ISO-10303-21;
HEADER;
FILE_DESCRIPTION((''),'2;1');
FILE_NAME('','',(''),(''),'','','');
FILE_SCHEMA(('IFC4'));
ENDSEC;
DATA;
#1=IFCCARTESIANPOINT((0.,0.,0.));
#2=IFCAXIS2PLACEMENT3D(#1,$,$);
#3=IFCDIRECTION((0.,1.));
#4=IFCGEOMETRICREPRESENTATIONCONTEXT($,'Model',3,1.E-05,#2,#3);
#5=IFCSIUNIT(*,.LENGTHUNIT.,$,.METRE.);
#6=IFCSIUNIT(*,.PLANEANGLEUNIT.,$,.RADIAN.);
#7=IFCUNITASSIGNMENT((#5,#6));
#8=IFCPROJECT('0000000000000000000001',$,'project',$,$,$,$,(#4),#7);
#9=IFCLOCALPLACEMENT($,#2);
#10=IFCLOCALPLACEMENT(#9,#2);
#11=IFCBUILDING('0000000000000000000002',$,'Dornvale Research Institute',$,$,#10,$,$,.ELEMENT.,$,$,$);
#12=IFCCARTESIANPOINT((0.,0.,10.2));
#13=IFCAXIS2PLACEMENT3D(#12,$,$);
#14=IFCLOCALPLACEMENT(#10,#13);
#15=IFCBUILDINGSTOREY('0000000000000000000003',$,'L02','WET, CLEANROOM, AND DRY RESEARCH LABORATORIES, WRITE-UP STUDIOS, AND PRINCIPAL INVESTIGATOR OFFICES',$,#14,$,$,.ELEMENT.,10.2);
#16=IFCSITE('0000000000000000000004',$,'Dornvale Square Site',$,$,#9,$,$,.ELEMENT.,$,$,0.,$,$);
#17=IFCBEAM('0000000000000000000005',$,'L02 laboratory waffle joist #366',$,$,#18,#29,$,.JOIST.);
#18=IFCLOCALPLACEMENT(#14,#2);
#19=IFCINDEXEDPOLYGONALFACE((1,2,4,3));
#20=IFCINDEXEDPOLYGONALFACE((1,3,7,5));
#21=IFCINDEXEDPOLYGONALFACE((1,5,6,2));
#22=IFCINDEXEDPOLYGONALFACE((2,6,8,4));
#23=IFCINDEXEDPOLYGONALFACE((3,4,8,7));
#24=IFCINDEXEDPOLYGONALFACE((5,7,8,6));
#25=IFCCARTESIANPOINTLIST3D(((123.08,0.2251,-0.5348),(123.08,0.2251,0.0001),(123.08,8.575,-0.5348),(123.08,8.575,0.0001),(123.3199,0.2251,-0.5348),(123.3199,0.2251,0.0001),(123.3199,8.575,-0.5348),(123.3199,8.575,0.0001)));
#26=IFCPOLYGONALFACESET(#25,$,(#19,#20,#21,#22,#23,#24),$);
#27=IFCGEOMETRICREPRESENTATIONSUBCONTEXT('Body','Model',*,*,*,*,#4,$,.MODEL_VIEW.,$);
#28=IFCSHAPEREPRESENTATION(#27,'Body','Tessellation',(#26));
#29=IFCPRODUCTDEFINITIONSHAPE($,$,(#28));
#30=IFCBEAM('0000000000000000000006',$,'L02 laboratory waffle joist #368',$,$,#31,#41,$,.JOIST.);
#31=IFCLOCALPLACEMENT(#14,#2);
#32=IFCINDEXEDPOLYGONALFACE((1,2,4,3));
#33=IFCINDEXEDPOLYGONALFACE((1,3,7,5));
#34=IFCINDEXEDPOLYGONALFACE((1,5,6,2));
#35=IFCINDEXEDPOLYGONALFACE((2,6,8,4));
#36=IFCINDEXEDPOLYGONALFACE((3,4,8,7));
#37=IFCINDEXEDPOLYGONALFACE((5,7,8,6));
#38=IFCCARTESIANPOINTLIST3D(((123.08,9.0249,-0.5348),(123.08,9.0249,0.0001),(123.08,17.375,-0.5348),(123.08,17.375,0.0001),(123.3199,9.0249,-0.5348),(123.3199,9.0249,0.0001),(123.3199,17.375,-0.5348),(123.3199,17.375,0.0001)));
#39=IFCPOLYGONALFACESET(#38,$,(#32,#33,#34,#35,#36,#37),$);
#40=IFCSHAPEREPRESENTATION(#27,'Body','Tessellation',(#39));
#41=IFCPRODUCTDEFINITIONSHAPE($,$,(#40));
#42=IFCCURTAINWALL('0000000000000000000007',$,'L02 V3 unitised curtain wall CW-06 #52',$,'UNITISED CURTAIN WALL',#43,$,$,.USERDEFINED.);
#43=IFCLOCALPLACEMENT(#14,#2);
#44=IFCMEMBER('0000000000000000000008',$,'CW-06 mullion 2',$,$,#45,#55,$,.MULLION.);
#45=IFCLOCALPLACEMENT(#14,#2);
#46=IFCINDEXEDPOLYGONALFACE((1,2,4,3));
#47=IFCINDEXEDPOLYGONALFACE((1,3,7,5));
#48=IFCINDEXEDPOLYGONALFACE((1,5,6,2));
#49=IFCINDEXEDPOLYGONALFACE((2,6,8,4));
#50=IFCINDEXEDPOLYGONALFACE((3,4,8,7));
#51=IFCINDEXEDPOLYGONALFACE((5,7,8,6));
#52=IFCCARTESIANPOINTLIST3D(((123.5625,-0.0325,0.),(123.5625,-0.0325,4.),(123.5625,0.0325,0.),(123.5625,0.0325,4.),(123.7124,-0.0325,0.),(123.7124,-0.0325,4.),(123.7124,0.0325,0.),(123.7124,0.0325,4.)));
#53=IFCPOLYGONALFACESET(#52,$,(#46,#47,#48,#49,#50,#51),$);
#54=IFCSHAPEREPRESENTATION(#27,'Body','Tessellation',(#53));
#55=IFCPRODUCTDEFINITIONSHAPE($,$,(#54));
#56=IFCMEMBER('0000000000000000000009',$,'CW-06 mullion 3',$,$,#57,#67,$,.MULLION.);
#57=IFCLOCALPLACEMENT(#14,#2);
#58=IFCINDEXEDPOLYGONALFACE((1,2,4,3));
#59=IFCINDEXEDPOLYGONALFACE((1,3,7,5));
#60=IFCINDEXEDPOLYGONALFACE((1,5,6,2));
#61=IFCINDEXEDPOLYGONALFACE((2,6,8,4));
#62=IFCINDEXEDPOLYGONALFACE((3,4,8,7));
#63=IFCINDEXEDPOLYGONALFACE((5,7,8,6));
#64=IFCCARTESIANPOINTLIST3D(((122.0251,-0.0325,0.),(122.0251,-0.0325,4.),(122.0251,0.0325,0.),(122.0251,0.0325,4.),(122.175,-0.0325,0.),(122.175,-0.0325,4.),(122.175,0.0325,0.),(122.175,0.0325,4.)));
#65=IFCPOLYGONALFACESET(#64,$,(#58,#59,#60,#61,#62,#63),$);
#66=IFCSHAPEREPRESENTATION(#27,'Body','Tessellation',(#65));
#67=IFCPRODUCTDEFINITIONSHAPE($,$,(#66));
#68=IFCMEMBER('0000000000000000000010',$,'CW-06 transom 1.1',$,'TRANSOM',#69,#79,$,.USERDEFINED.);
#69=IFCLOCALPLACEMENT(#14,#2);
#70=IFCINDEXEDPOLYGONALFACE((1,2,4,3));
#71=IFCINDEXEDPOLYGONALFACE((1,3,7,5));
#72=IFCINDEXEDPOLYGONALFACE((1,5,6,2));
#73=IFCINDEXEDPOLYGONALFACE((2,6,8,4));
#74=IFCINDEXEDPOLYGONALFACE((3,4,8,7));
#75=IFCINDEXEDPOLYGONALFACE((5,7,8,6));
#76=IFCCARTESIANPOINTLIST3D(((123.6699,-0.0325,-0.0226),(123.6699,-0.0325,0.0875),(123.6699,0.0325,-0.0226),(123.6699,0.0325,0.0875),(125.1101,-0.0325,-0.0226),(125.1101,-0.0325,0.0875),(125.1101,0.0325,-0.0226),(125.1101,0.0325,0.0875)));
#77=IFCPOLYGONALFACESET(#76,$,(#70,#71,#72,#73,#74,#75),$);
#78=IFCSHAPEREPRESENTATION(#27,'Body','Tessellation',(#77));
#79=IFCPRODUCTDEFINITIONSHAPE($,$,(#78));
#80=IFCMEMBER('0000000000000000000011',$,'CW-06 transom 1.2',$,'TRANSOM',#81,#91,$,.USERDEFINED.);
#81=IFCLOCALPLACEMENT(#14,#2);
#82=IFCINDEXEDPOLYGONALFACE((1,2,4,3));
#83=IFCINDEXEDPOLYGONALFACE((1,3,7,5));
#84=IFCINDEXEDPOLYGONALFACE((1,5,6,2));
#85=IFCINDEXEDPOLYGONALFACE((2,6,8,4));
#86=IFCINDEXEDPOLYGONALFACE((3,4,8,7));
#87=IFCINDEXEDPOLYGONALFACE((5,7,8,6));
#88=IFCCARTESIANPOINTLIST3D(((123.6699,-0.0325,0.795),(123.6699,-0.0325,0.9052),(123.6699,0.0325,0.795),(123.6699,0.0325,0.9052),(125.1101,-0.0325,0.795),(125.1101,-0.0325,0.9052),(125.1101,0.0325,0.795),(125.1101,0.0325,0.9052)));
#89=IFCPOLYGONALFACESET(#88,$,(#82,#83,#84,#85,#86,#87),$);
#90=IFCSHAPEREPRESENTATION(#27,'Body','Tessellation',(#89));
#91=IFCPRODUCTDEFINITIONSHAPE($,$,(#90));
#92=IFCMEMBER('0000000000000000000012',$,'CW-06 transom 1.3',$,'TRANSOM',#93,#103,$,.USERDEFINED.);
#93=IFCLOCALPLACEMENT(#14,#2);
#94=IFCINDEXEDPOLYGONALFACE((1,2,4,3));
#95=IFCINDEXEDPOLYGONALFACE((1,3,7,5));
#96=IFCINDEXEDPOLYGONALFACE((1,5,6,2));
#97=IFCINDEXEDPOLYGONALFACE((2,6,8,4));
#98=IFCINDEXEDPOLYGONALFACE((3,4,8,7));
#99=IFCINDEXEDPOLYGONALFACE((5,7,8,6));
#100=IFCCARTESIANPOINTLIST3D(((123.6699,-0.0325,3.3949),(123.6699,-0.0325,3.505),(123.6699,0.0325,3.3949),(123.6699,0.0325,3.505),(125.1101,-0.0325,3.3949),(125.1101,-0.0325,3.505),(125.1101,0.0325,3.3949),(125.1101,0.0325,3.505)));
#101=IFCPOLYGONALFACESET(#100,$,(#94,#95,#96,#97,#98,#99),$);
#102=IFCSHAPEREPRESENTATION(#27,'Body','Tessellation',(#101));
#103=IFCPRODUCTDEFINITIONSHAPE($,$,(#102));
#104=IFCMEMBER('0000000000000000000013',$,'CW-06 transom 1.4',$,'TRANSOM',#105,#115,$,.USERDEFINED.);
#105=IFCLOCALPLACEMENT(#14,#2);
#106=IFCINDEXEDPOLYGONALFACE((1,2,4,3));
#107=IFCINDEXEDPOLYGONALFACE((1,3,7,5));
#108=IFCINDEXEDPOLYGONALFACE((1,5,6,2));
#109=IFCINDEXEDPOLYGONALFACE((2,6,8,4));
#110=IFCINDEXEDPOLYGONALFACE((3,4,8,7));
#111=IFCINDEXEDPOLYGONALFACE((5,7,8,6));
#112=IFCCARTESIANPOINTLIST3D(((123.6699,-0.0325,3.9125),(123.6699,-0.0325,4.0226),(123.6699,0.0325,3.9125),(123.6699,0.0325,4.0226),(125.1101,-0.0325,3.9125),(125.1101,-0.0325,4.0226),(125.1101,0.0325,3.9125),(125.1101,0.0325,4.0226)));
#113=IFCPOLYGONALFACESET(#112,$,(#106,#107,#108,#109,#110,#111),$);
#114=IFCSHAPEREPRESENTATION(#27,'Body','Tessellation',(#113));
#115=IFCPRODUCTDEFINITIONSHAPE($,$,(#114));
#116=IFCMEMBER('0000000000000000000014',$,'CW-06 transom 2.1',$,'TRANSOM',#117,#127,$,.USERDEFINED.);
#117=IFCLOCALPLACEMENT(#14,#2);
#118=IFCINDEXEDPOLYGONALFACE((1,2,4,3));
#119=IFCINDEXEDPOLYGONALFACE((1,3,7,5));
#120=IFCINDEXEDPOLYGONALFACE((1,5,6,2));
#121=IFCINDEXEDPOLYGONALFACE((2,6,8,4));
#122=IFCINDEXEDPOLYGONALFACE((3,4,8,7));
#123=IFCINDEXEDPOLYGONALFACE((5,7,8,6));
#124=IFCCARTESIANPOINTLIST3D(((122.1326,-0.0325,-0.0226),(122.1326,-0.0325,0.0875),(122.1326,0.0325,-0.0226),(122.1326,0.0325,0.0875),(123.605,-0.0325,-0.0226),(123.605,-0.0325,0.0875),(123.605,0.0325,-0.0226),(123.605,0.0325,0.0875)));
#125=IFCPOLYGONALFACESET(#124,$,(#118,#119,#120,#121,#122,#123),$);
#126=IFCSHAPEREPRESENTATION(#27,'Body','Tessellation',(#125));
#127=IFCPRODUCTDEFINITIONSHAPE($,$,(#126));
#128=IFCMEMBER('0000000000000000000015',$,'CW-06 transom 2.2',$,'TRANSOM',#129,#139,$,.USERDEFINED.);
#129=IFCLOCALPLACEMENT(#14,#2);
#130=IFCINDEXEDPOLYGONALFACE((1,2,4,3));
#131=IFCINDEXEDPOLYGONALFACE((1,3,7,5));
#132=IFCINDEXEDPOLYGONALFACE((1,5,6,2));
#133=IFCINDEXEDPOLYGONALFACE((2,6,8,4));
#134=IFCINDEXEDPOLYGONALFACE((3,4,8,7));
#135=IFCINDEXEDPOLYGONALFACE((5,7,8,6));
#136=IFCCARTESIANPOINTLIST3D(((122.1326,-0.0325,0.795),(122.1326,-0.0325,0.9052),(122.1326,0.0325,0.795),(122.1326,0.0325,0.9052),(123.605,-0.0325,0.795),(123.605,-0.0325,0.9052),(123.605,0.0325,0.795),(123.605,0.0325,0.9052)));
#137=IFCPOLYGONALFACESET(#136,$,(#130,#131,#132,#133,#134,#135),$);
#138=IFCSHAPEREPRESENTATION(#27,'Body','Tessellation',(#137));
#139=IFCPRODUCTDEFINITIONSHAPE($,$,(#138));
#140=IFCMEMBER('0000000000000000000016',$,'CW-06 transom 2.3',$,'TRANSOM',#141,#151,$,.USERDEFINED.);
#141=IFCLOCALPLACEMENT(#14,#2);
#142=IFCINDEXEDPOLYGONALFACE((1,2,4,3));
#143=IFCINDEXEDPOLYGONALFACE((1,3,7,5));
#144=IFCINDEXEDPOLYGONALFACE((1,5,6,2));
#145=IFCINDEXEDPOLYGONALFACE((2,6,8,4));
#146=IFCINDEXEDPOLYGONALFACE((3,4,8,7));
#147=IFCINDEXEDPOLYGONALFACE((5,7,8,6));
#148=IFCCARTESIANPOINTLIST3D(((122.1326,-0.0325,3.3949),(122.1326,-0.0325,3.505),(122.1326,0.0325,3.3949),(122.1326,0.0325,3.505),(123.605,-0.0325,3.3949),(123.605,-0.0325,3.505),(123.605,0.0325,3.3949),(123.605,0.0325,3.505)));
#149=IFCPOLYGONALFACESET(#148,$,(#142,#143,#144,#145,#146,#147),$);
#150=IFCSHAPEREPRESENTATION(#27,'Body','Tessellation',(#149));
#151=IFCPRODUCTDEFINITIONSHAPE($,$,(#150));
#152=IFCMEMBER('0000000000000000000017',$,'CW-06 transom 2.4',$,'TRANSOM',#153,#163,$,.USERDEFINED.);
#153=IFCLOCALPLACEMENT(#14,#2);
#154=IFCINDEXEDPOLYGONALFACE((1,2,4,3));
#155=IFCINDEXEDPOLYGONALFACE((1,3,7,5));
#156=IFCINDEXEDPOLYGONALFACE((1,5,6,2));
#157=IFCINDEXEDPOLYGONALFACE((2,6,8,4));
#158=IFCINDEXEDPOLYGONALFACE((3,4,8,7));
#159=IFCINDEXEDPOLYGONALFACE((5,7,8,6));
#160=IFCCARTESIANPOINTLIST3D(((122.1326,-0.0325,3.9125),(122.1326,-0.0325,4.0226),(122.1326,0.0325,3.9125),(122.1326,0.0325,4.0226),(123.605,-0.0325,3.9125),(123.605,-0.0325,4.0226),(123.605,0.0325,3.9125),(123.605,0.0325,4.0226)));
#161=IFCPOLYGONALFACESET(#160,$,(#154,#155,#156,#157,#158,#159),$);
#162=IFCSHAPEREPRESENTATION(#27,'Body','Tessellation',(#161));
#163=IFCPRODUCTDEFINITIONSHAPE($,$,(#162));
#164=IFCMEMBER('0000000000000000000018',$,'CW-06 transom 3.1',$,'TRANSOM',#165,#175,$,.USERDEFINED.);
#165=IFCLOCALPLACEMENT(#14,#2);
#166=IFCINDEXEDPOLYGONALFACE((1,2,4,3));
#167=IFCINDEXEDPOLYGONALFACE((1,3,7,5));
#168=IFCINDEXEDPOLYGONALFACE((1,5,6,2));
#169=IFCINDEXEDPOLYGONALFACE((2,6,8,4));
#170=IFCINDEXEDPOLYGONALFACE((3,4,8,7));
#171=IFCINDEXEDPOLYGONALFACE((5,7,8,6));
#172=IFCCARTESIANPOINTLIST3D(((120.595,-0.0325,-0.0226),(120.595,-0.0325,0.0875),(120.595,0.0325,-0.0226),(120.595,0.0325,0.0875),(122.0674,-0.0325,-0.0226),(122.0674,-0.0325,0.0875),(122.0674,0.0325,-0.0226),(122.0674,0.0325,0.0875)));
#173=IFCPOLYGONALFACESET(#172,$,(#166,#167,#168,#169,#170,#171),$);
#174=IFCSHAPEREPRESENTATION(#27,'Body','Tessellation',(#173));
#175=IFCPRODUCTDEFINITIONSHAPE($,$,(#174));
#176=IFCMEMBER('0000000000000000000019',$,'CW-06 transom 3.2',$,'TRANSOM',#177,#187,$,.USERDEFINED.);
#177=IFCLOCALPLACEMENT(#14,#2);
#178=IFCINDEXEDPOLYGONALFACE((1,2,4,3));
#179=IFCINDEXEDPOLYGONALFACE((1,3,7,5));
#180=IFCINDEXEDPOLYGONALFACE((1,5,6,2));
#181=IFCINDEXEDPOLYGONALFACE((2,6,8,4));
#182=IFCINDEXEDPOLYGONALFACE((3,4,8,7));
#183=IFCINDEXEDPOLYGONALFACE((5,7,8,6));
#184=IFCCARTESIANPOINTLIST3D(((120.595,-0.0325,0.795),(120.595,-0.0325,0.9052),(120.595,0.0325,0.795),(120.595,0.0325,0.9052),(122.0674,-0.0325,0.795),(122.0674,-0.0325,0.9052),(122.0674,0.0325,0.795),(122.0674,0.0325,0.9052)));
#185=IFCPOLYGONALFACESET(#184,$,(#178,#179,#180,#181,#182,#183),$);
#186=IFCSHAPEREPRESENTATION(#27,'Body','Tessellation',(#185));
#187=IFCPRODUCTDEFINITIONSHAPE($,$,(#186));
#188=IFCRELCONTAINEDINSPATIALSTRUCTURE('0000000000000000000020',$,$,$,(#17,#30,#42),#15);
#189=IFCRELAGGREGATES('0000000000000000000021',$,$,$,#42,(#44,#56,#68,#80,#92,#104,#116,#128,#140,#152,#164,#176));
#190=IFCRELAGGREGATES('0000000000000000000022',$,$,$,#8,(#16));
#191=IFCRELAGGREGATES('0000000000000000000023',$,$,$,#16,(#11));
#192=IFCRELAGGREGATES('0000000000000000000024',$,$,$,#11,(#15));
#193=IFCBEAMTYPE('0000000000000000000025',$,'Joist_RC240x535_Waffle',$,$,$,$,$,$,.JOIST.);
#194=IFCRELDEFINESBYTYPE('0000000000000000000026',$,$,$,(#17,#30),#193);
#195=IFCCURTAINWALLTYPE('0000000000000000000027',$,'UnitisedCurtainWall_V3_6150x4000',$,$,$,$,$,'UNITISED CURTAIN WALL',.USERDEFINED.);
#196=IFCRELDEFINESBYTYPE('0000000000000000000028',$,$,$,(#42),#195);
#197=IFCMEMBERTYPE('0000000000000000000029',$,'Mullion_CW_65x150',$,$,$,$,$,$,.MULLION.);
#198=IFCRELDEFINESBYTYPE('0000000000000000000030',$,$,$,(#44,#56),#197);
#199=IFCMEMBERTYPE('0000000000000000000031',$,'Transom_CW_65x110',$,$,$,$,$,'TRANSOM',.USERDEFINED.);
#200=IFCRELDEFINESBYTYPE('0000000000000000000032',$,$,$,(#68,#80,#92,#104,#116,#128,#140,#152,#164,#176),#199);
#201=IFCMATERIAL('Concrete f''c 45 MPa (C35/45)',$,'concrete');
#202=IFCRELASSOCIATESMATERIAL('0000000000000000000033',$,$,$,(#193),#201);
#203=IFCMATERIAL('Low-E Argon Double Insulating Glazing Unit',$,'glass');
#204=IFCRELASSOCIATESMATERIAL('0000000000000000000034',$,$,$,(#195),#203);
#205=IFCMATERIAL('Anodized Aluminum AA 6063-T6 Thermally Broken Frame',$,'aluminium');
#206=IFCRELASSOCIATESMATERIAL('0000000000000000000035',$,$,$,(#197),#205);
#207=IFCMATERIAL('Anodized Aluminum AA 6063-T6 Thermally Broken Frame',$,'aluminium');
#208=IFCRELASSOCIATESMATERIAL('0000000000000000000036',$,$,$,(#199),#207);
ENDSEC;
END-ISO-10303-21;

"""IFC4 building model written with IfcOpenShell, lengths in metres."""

from ifc_helpers import new_model, si_unit, direction, frame, origin, origin_2d, place, context, subcontext, project, spatial, rectangle, extrude, material, material_profile, profile_set, type_object, element, aggregate, save


model = new_model("IFC4")

# Units and contexts
model_context = context("Model", 3, precision=1e-05, world=origin(), true_north=direction((0.0, 1.0)))
body_context = subcontext(model_context, "Body", "Model", "MODEL_VIEW")
ifc_project = project(units=[si_unit("LENGTHUNIT", "METRE"), si_unit("PLANEANGLEUNIT", "RADIAN")], contexts=[model_context])

# Site, building, storey
site_placement = place(None, origin())
site = spatial("IfcSite", under=ifc_project, at=site_placement, Name="Dornvale Square Site", CompositionType="ELEMENT", RefElevation=0.0)
building_placement = place(site_placement, origin())
building = spatial("IfcBuilding", under=site, at=building_placement, Name="Dornvale Research Institute", CompositionType="ELEMENT")
storey_placement = place(building_placement, frame((0.0, 0.0, 10.2)))
storey = spatial("IfcBuildingStorey", under=building, at=storey_placement, Name="L02", Description="WET, CLEANROOM, AND DRY RESEARCH LABORATORIES, WRITE-UP STUDIOS, AND PRINCIPAL INVESTIGATOR OFFICES", CompositionType="ELEMENT", Elevation=10.2)

# Beams
ifc_material_1 = material(Name="Concrete f'c 45 MPa (C35/45)", Category="concrete")
ifc_material_profile_1 = material_profile(ifc_material_1, rectangle(XDim=0.24, YDim=0.5349, at=origin_2d()), Name="RC 240x535")
ifc_profile_set_1 = profile_set([ifc_material_profile_1], Name="Concrete f'c 45 MPa (C35/45)")
beam_type = type_object("IfcBeamType", Name="Joist_RC240x535_Waffle", PredefinedType="JOIST", material=ifc_profile_set_1)
beam_1_placement = place(storey_placement, frame((123.2, 0.2251, -0.2673), z_axis=(0.0, 1.0, 0.0), x_axis=(-1.0, 0.0, 0.0)))
element("IfcBeam", 1, at=beam_1_placement, inside=storey, type_object=beam_type, Name="L02 laboratory waffle joist #366", PredefinedType="JOIST", context=body_context, shape_type="SweptSolid", body=[
    extrude(rectangle(XDim=0.24, YDim=0.5349, at=origin_2d()), origin(), (0.0, 0.0, 1.0), 8.3499),
])
beam_2_placement = place(storey_placement, frame((123.2, 9.0249, -0.2673), z_axis=(0.0, 1.0, 0.0), x_axis=(-1.0, 0.0, 0.0)))
element("IfcBeam", 2, at=beam_2_placement, inside=storey, type_object=beam_type, Name="L02 laboratory waffle joist #368", PredefinedType="JOIST", context=body_context, shape_type="SweptSolid", body=[
    extrude(rectangle(XDim=0.24, YDim=0.5349, at=origin_2d()), origin(), (0.0, 0.0, 1.0), 8.3501),
])

# Curtain wall, members
ifc_material_2 = material(Name="Low-E Argon Double Insulating Glazing Unit", Category="glass")
curtain_wall_type = type_object("IfcCurtainWallType", Name="UnitisedCurtainWall_V3_6150x4000", ElementType="UNITISED CURTAIN WALL", PredefinedType="USERDEFINED", material=ifc_material_2)
curtain_wall_placement = place(storey_placement, origin())
curtain_wall = element("IfcCurtainWall", 3, at=curtain_wall_placement, inside=storey, type_object=curtain_wall_type, Name="L02 V3 unitised curtain wall CW-06 #52", ObjectType="UNITISED CURTAIN WALL", PredefinedType="USERDEFINED")
ifc_material_3 = material(Name="Anodized Aluminum AA 6063-T6 Thermally Broken Frame", Category="aluminium")
ifc_material_profile_2 = material_profile(ifc_material_3, rectangle(XDim=0.0649, YDim=0.1499, at=origin_2d()), Name="ALU MULLION 65x150")
ifc_profile_set_2 = profile_set([ifc_material_profile_2], Name="Anodized Aluminum AA 6063-T6 Thermally Broken Frame")
member_type_1 = type_object("IfcMemberType", Name="Mullion_CW_65x150", PredefinedType="MULLION", material=ifc_profile_set_2)
member_1_placement = place(storey_placement, frame((123.6375, 0.0, 0.0), z_axis=(0.0, 0.0, 1.0), x_axis=(0.0, -1.0, 0.0)))
member_1 = element("IfcMember", 4, at=member_1_placement, type_object=member_type_1, Name="CW-06 mullion 2", PredefinedType="MULLION", context=body_context, shape_type="SweptSolid", body=[
    extrude(rectangle(XDim=0.0649, YDim=0.1499, at=origin_2d()), origin(), (0.0, 0.0, 1.0), 4.0),
])
member_2_placement = place(storey_placement, frame((122.1001, 0.0, 0.0), z_axis=(0.0, 0.0, 1.0), x_axis=(0.0, -1.0, 0.0)))
member_2 = element("IfcMember", 5, at=member_2_placement, type_object=member_type_1, Name="CW-06 mullion 3", PredefinedType="MULLION", context=body_context, shape_type="SweptSolid", body=[
    extrude(rectangle(XDim=0.0649, YDim=0.1499, at=origin_2d()), origin(), (0.0, 0.0, 1.0), 4.0),
])
ifc_material_4 = material(Name="Anodized Aluminum AA 6063-T6 Thermally Broken Frame", Category="aluminium")
ifc_material_profile_3 = material_profile(ifc_material_4, rectangle(XDim=0.0649, YDim=0.1101, at=origin_2d()), Name="ALU TRANSOM 65x110")
ifc_profile_set_3 = profile_set([ifc_material_profile_3], Name="Anodized Aluminum AA 6063-T6 Thermally Broken Frame")
member_type_2 = type_object("IfcMemberType", Name="Transom_CW_65x110", ElementType="TRANSOM", PredefinedType="USERDEFINED", material=ifc_profile_set_3)
member_3_placement = place(storey_placement, frame((125.1101, 0.0, 0.0325), z_axis=(-1.0, 0.0, 0.0), x_axis=(0.0, -1.0, 0.0)))
member_3 = element("IfcMember", 6, at=member_3_placement, type_object=member_type_2, Name="CW-06 transom 1.1", ObjectType="TRANSOM", PredefinedType="USERDEFINED", context=body_context, shape_type="SweptSolid", body=[
    extrude(rectangle(XDim=0.0649, YDim=0.1101, at=origin_2d()), origin(), (0.0, 0.0, 1.0), 1.4402),
])
member_4_placement = place(storey_placement, frame((125.1101, 0.0, 0.8501), z_axis=(-1.0, 0.0, 0.0), x_axis=(0.0, -1.0, 0.0)))
member_4 = element("IfcMember", 7, at=member_4_placement, type_object=member_type_2, Name="CW-06 transom 1.2", ObjectType="TRANSOM", PredefinedType="USERDEFINED", context=body_context, shape_type="SweptSolid", body=[
    extrude(rectangle(XDim=0.0649, YDim=0.1101, at=origin_2d()), origin(), (0.0, 0.0, 1.0), 1.4402),
])
member_5_placement = place(storey_placement, frame((125.1101, 0.0, 3.45), z_axis=(-1.0, 0.0, 0.0), x_axis=(0.0, -1.0, 0.0)))
member_5 = element("IfcMember", 8, at=member_5_placement, type_object=member_type_2, Name="CW-06 transom 1.3", ObjectType="TRANSOM", PredefinedType="USERDEFINED", context=body_context, shape_type="SweptSolid", body=[
    extrude(rectangle(XDim=0.0649, YDim=0.1101, at=origin_2d()), origin(), (0.0, 0.0, 1.0), 1.4402),
])
member_6_placement = place(storey_placement, frame((125.1101, 0.0, 3.9675), z_axis=(-1.0, 0.0, 0.0), x_axis=(0.0, -1.0, 0.0)))
member_6 = element("IfcMember", 9, at=member_6_placement, type_object=member_type_2, Name="CW-06 transom 1.4", ObjectType="TRANSOM", PredefinedType="USERDEFINED", context=body_context, shape_type="SweptSolid", body=[
    extrude(rectangle(XDim=0.0649, YDim=0.1101, at=origin_2d()), origin(), (0.0, 0.0, 1.0), 1.4402),
])
member_7_placement = place(storey_placement, frame((123.605, 0.0, 0.0325), z_axis=(-1.0, 0.0, 0.0), x_axis=(0.0, -1.0, 0.0)))
member_7 = element("IfcMember", 10, at=member_7_placement, type_object=member_type_2, Name="CW-06 transom 2.1", ObjectType="TRANSOM", PredefinedType="USERDEFINED", context=body_context, shape_type="SweptSolid", body=[
    extrude(rectangle(XDim=0.0649, YDim=0.1101, at=origin_2d()), origin(), (0.0, 0.0, 1.0), 1.4724),
])
member_8_placement = place(storey_placement, frame((123.605, 0.0, 0.8501), z_axis=(-1.0, 0.0, 0.0), x_axis=(0.0, -1.0, 0.0)))
member_8 = element("IfcMember", 11, at=member_8_placement, type_object=member_type_2, Name="CW-06 transom 2.2", ObjectType="TRANSOM", PredefinedType="USERDEFINED", context=body_context, shape_type="SweptSolid", body=[
    extrude(rectangle(XDim=0.0649, YDim=0.1101, at=origin_2d()), origin(), (0.0, 0.0, 1.0), 1.4724),
])
member_9_placement = place(storey_placement, frame((123.605, 0.0, 3.45), z_axis=(-1.0, 0.0, 0.0), x_axis=(0.0, -1.0, 0.0)))
member_9 = element("IfcMember", 12, at=member_9_placement, type_object=member_type_2, Name="CW-06 transom 2.3", ObjectType="TRANSOM", PredefinedType="USERDEFINED", context=body_context, shape_type="SweptSolid", body=[
    extrude(rectangle(XDim=0.0649, YDim=0.1101, at=origin_2d()), origin(), (0.0, 0.0, 1.0), 1.4724),
])
member_10_placement = place(storey_placement, frame((123.605, 0.0, 3.9675), z_axis=(-1.0, 0.0, 0.0), x_axis=(0.0, -1.0, 0.0)))
member_10 = element("IfcMember", 13, at=member_10_placement, type_object=member_type_2, Name="CW-06 transom 2.4", ObjectType="TRANSOM", PredefinedType="USERDEFINED", context=body_context, shape_type="SweptSolid", body=[
    extrude(rectangle(XDim=0.0649, YDim=0.1101, at=origin_2d()), origin(), (0.0, 0.0, 1.0), 1.4724),
])
member_11_placement = place(storey_placement, frame((122.0674, 0.0, 0.0325), z_axis=(-1.0, 0.0, 0.0), x_axis=(0.0, -1.0, 0.0)))
member_11 = element("IfcMember", 14, at=member_11_placement, type_object=member_type_2, Name="CW-06 transom 3.1", ObjectType="TRANSOM", PredefinedType="USERDEFINED", context=body_context, shape_type="SweptSolid", body=[
    extrude(rectangle(XDim=0.0649, YDim=0.1101, at=origin_2d()), origin(), (0.0, 0.0, 1.0), 1.4724),
])
member_12_placement = place(storey_placement, frame((122.0674, 0.0, 0.8501), z_axis=(-1.0, 0.0, 0.0), x_axis=(0.0, -1.0, 0.0)))
member_12 = element("IfcMember", 15, at=member_12_placement, type_object=member_type_2, Name="CW-06 transom 3.2", ObjectType="TRANSOM", PredefinedType="USERDEFINED", context=body_context, shape_type="SweptSolid", body=[
    extrude(rectangle(XDim=0.0649, YDim=0.1101, at=origin_2d()), origin(), (0.0, 0.0, 1.0), 1.4724),
])
aggregate(curtain_wall, [member_1, member_2, member_3, member_4, member_5, member_6, member_7, member_8, member_9, member_10, member_11, member_12])

save(model, "model.ifc")
